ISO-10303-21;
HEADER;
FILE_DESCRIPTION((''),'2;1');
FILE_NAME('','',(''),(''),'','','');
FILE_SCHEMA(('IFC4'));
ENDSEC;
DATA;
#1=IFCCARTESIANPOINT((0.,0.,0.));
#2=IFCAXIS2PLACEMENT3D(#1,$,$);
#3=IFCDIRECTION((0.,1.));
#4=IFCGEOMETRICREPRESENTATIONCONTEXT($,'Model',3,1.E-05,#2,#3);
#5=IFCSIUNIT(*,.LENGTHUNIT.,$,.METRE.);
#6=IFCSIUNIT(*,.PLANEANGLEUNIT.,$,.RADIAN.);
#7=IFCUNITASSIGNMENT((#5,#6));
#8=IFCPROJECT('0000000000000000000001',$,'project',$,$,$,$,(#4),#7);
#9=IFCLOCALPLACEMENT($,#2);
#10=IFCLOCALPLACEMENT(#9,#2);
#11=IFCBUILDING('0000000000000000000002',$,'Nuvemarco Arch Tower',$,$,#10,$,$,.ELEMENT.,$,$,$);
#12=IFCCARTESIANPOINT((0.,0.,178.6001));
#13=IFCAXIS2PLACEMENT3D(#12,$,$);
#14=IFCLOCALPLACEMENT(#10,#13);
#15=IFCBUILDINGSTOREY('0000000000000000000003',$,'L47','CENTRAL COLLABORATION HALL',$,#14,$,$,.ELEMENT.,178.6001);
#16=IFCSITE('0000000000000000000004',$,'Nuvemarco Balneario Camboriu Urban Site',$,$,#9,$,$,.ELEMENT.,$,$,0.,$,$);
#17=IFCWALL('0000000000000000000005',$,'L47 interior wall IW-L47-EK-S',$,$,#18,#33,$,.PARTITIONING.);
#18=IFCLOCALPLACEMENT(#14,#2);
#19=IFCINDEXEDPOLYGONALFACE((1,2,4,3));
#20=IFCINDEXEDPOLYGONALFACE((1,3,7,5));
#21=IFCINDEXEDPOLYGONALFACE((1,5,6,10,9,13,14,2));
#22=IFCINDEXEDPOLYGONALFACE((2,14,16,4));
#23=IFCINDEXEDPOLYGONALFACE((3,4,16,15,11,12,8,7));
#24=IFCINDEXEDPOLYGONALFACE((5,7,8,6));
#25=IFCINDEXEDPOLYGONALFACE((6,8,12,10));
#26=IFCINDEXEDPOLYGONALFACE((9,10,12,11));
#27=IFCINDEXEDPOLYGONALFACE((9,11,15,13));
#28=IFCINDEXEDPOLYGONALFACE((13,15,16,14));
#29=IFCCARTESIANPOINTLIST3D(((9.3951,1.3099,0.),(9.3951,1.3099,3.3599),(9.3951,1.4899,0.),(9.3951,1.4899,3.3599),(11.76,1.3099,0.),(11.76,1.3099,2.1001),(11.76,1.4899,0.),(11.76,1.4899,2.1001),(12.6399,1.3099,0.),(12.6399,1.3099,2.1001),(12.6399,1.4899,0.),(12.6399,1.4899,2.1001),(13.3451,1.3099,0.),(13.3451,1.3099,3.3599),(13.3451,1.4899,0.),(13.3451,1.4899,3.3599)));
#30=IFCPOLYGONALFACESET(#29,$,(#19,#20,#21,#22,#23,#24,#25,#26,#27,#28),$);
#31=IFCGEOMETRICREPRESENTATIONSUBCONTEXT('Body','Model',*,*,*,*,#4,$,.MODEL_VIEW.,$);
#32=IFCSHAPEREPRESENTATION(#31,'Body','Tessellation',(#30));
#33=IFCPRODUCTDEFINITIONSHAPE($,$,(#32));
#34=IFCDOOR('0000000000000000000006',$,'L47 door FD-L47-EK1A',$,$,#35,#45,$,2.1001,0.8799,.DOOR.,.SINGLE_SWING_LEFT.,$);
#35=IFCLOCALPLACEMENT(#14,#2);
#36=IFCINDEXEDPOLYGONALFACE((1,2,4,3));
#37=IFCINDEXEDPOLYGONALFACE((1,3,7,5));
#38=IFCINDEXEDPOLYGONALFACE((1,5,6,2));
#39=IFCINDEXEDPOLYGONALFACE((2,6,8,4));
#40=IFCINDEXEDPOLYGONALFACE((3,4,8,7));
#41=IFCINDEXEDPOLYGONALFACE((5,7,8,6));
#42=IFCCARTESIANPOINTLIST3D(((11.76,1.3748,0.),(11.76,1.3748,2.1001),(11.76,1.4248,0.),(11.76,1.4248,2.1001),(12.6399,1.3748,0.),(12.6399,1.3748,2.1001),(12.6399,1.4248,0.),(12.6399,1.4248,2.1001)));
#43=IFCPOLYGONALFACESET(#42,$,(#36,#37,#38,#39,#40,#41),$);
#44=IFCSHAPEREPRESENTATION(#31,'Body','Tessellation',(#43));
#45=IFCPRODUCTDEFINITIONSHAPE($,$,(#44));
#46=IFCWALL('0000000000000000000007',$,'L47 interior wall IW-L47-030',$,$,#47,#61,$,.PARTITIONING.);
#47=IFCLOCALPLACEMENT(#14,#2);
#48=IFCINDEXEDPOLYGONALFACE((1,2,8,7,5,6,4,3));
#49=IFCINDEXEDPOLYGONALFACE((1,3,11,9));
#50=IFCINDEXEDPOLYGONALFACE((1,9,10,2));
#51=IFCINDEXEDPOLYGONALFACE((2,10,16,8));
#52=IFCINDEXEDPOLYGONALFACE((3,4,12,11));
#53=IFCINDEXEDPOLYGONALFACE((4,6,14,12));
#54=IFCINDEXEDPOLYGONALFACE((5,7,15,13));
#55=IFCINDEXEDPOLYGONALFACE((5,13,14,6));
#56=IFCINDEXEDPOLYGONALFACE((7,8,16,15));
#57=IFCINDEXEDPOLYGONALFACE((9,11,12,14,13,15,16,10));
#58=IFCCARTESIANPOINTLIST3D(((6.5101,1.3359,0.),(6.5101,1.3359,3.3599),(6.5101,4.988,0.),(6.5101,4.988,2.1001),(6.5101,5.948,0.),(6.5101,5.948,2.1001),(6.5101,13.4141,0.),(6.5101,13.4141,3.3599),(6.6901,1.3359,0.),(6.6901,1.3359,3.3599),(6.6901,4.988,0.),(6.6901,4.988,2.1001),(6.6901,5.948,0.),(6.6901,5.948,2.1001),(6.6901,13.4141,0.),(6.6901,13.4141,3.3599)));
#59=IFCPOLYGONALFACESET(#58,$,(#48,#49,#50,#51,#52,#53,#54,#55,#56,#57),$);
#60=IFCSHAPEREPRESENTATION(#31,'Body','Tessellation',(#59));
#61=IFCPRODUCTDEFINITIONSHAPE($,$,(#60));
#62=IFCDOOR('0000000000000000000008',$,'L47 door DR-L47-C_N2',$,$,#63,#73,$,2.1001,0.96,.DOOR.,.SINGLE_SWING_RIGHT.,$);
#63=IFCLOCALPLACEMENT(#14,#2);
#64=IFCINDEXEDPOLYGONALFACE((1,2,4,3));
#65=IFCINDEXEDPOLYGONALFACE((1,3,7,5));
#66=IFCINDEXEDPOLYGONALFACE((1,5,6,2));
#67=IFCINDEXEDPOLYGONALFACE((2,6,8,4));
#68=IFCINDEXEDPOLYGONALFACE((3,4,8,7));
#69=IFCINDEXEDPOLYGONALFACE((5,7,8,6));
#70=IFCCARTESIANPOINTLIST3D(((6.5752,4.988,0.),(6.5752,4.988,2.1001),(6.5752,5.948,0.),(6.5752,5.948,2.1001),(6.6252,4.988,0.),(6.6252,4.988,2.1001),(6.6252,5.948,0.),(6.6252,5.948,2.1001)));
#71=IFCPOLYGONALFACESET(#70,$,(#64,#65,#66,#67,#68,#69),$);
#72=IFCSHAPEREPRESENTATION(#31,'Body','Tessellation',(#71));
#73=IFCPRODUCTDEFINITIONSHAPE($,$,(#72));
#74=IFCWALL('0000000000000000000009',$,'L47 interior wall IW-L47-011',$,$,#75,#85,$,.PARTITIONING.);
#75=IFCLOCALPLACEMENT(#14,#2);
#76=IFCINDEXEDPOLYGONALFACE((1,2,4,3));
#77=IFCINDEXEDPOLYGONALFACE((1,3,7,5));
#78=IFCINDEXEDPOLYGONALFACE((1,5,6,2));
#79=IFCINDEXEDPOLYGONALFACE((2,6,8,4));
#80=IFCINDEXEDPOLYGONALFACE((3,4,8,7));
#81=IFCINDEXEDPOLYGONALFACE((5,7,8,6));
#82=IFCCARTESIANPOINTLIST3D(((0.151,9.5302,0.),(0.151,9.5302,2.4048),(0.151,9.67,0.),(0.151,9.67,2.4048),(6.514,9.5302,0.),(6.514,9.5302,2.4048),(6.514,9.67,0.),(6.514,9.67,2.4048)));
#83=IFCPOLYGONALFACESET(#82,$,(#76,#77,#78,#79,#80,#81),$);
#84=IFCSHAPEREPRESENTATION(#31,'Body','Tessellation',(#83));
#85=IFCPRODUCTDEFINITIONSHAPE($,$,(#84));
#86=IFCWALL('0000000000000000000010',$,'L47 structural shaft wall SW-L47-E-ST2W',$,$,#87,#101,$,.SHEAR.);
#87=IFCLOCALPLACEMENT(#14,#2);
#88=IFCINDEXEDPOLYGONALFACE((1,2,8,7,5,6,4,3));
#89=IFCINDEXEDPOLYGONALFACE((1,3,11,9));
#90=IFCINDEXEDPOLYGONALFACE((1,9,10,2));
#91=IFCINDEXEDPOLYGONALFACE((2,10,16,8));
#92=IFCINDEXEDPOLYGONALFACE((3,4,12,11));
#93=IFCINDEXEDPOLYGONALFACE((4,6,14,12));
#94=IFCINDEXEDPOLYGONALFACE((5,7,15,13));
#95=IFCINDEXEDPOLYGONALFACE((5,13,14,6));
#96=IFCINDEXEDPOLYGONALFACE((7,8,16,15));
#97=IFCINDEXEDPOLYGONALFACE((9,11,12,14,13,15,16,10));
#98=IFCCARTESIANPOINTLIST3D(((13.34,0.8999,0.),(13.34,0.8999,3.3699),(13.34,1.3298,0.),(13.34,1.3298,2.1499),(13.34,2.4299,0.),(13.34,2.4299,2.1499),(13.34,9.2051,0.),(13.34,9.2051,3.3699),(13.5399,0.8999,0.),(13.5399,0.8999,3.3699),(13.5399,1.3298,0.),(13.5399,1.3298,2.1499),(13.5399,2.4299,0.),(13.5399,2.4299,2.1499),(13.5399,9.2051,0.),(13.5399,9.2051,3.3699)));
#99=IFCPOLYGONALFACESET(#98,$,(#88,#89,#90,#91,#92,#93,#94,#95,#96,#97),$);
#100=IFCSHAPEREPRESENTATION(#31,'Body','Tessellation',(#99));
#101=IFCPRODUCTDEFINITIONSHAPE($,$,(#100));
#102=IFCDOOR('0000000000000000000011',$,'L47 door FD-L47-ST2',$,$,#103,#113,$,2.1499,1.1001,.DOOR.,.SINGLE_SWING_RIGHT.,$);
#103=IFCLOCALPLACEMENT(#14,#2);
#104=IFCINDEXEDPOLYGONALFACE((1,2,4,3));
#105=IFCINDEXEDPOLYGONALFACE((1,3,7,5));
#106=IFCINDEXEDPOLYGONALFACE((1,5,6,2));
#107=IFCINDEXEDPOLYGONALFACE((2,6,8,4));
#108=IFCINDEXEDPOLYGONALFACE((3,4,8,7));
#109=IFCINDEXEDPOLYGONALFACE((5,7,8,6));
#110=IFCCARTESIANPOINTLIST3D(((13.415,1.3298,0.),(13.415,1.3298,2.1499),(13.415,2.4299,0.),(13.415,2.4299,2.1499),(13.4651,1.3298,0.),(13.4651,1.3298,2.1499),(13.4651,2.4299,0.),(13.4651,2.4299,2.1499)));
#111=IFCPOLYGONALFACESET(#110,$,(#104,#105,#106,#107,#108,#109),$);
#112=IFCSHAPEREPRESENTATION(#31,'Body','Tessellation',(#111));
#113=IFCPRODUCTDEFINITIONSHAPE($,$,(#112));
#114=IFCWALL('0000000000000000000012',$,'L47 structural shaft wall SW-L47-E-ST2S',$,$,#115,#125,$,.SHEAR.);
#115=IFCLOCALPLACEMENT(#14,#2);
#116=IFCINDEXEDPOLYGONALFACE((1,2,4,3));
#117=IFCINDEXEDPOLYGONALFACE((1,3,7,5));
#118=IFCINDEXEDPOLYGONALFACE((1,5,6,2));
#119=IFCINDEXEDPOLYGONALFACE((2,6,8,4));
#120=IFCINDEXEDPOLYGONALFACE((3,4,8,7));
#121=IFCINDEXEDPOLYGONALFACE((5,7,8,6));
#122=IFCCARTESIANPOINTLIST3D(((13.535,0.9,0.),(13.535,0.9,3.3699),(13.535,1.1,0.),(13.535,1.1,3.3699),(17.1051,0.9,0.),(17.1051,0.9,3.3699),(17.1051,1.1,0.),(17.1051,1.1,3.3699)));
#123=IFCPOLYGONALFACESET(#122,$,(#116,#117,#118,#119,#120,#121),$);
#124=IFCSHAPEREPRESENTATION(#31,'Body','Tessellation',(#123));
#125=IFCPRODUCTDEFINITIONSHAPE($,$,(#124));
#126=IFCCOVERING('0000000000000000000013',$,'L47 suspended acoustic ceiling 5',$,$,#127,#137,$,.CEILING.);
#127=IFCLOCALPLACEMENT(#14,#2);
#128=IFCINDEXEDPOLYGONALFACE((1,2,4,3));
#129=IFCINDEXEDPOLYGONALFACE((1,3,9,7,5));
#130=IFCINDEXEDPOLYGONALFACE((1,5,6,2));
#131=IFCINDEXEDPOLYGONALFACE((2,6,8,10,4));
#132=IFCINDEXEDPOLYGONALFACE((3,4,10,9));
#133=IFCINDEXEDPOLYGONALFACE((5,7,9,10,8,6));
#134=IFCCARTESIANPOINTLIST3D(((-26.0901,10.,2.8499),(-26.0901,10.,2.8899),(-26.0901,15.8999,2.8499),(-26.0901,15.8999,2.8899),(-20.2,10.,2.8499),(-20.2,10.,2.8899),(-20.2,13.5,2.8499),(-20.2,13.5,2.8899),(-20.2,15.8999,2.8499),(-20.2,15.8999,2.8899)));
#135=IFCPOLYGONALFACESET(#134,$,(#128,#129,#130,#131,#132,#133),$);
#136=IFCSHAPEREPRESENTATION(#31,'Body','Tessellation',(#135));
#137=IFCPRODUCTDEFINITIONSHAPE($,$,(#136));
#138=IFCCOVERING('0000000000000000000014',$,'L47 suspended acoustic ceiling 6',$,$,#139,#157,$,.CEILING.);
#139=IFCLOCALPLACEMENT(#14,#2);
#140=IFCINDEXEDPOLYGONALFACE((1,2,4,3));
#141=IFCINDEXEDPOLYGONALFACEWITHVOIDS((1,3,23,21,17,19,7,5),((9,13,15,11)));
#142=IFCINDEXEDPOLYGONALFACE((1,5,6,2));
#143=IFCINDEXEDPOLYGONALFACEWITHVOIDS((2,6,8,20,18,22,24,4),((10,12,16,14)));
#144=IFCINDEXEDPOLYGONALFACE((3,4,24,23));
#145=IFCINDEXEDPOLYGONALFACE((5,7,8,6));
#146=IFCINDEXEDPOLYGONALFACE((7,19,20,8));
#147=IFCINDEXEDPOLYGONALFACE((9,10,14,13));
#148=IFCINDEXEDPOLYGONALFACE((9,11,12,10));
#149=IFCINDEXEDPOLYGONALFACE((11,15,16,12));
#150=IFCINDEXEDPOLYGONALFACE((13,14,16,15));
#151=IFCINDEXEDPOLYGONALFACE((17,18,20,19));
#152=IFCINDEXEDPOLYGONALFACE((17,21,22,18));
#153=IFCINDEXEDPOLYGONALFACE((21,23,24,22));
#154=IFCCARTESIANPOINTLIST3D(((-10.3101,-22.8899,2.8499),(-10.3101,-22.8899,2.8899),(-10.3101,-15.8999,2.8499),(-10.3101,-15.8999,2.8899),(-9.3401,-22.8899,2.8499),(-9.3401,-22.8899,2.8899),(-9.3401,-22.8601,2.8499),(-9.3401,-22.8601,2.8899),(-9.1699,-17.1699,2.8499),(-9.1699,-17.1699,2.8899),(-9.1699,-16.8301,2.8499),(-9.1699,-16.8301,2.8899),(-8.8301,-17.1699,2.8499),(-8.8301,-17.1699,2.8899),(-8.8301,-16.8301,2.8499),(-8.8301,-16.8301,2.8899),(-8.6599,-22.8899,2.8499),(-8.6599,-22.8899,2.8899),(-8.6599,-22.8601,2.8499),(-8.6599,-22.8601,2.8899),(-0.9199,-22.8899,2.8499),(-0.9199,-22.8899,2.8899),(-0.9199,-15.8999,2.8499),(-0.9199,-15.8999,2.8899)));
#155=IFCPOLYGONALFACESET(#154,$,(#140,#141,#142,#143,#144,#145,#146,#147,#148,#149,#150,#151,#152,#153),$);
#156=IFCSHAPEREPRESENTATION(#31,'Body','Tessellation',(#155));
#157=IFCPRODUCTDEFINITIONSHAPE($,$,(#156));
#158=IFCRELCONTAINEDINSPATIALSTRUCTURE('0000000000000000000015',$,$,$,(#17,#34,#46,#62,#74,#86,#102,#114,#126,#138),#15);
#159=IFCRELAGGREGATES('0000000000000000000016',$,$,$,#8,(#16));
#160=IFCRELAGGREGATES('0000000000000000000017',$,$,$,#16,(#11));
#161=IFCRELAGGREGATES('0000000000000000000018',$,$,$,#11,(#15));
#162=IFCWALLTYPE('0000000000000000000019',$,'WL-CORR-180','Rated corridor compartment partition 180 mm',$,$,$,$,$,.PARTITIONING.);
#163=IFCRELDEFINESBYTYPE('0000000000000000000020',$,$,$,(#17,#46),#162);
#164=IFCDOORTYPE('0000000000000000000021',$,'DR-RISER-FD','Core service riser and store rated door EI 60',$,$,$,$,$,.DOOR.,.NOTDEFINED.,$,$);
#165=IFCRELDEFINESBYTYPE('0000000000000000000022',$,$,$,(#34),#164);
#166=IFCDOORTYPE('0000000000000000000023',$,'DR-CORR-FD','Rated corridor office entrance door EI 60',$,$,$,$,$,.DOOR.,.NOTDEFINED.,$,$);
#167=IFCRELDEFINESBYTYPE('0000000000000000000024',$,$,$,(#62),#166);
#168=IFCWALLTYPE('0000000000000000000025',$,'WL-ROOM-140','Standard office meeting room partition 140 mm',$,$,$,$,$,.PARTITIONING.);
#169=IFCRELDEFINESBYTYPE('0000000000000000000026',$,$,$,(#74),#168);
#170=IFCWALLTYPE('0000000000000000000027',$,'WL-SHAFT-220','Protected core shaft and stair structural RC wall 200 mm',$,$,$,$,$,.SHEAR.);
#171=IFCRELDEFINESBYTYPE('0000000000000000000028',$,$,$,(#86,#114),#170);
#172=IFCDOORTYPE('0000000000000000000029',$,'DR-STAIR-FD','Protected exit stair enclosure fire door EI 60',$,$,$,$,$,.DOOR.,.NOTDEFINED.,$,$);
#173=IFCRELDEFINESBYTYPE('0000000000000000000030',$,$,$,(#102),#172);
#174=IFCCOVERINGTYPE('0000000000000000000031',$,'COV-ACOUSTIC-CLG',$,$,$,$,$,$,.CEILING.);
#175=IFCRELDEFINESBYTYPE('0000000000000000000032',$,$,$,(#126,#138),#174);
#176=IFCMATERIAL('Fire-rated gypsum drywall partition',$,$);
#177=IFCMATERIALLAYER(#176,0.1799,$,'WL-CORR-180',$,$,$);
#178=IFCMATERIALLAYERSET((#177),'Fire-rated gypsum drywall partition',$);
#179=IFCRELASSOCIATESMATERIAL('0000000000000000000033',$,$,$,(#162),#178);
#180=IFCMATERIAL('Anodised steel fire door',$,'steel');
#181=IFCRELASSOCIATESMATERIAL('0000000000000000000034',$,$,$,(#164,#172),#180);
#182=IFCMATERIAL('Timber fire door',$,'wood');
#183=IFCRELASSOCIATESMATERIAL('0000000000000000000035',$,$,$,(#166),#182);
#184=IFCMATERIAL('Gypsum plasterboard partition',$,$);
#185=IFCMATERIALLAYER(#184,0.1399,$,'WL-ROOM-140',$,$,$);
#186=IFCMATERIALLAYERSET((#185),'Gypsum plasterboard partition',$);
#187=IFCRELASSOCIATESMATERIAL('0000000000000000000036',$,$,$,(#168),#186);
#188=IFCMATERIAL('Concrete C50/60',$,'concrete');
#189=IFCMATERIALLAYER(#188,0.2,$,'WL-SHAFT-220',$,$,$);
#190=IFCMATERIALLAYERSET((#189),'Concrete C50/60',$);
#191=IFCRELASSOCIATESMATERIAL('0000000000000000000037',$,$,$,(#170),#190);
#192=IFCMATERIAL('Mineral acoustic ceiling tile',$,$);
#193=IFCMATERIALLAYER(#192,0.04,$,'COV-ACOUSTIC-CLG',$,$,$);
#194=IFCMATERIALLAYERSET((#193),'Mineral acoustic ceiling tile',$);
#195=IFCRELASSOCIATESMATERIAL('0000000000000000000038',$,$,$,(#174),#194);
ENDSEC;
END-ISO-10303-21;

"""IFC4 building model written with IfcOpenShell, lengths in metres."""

from ifc_helpers import new_model, si_unit, direction, frame, frame_2d, origin, place, context, subcontext, project, spatial, polyline, rectangle, outline, extrude, source, transform, mapped, material, layer, layer_set, type_object, type_shapes, element, fill, save


model = new_model("IFC4")

# Units and contexts
model_context = context("Model", 3, precision=1e-05, world=origin(), true_north=direction((0.0, 1.0)))
body_context = subcontext(model_context, "Body", "Model", "MODEL_VIEW")
ifc_project = project(units=[si_unit("LENGTHUNIT", "METRE"), si_unit("PLANEANGLEUNIT", "RADIAN")], contexts=[model_context])

# Site, building, storey
site_placement = place(None, origin())
site = spatial("IfcSite", under=ifc_project, at=site_placement, Name="Nuvemarco Balneario Camboriu Urban Site", CompositionType="ELEMENT", RefElevation=0.0)
building_placement = place(site_placement, origin())
building = spatial("IfcBuilding", under=site, at=building_placement, Name="Nuvemarco Arch Tower", CompositionType="ELEMENT")
storey_placement = place(building_placement, frame((0.0, 0.0, 178.6001)))
storey = spatial("IfcBuildingStorey", under=building, at=storey_placement, Name="L47", Description="CENTRAL COLLABORATION HALL", CompositionType="ELEMENT", Elevation=178.6001)

# Shared definitions
ifc_material_1 = material(Name="Concrete C50/60", Category="concrete")

# Walls, openings, doors
ifc_material_2 = material(Name="Fire-rated gypsum drywall partition")
ifc_layer_1 = layer(ifc_material_2, 0.1799, Name="WL-CORR-180")
ifc_layer_set_1 = layer_set([ifc_layer_1], Name="Fire-rated gypsum drywall partition")
wall_type_1 = type_object("IfcWallType", Name="WL-CORR-180", Description="Rated corridor compartment partition 180 mm", PredefinedType="PARTITIONING", material=ifc_layer_set_1)
wall_1_placement = place(storey_placement, frame((9.395, 1.3999, 0.0), z_axis=(0.0, 0.0, 1.0), x_axis=(1.0, 0.0, 0.0)))
wall_1 = element("IfcWall", 1, at=wall_1_placement, inside=storey, type_object=wall_type_1, Name="L47 interior wall IW-L47-EK-S", PredefinedType="PARTITIONING", context=body_context, shape_type="SweptSolid", body=[
    extrude(rectangle(XDim=3.95, YDim=0.1799, at=frame_2d((1.9751, 0.0))), origin(), (0.0, 0.0, 1.0), 3.3599),
])
opening_1_placement = place(wall_1_placement, frame((2.365, 0.0, 0.0)))
opening_1 = element("IfcOpeningElement", 2, at=opening_1_placement, cuts=wall_1, PredefinedType="OPENING", context=body_context, shape_type="SweptSolid", body=[
    extrude(rectangle(XDim=0.8799, YDim=2.1001, at=frame_2d((0.4399, 1.05))), frame((0.0, 0.0999, 0.0), z_axis=(0.0, -1.0, 0.0), x_axis=(1.0, 0.0, 0.0)), (0.0, 0.0, 1.0), 0.2),
])
ifc_material_3 = material(Name="Anodised steel fire door", Category="steel")
door_type_1 = type_object("IfcDoorType", Name="DR-RISER-FD", Description="Core service riser and store rated door EI 60", OperationType="NOTDEFINED", PredefinedType="DOOR", material=ifc_material_3)
shared_shape_1 = source(origin(), body_context, "Body", "SweptSolid", [
    extrude(rectangle(XDim=0.8799, YDim=2.1001, at=frame_2d((0.4399, 1.05))), frame((0.0, 0.0249, 0.0), z_axis=(0.0, -1.0, 0.0), x_axis=(1.0, 0.0, 0.0)), (0.0, 0.0, 1.0), 0.05),
])
type_shapes(door_type_1, [shared_shape_1])
door_1_placement = place(opening_1_placement, origin())
door_1 = element("IfcDoor", 3, at=door_1_placement, inside=storey, type_object=door_type_1, Name="L47 door FD-L47-EK1A", OperationType="SINGLE_SWING_LEFT", OverallHeight=2.1001, OverallWidth=0.8799, PredefinedType="DOOR", context=body_context, shape_type="MappedRepresentation", body=[
    mapped(shared_shape_1, transform((0.0, 0.0, 0.0), scale=1.0)),
])
fill(opening_1, door_1)
wall_2_placement = place(storey_placement, frame((6.6001, 1.3359, 0.0), z_axis=(0.0, 0.0, 1.0), x_axis=(0.0, 1.0, 0.0)))
wall_2 = element("IfcWall", 4, at=wall_2_placement, inside=storey, type_object=wall_type_1, Name="L47 interior wall IW-L47-030", PredefinedType="PARTITIONING", context=body_context, shape_type="SweptSolid", body=[
    extrude(rectangle(XDim=12.0781, YDim=0.1799, at=frame_2d((6.0391, 0.0))), origin(), (0.0, 0.0, 1.0), 3.3599),
])
opening_2_placement = place(wall_2_placement, frame((3.6521, 0.0, 0.0)))
opening_2 = element("IfcOpeningElement", 5, at=opening_2_placement, cuts=wall_2, PredefinedType="OPENING", context=body_context, shape_type="SweptSolid", body=[
    extrude(rectangle(XDim=0.96, YDim=2.1001, at=frame_2d((0.48, 1.05))), frame((0.0, 0.0999, 0.0), z_axis=(0.0, -1.0, 0.0), x_axis=(1.0, 0.0, 0.0)), (0.0, 0.0, 1.0), 0.2),
])
ifc_material_4 = material(Name="Timber fire door", Category="wood")
door_type_2 = type_object("IfcDoorType", Name="DR-CORR-FD", Description="Rated corridor office entrance door EI 60", OperationType="NOTDEFINED", PredefinedType="DOOR", material=ifc_material_4)
shared_shape_2 = source(origin(), body_context, "Body", "SweptSolid", [
    extrude(rectangle(XDim=0.96, YDim=2.1001, at=frame_2d((0.48, 1.05))), frame((0.0, 0.0249, 0.0), z_axis=(0.0, -1.0, 0.0), x_axis=(1.0, 0.0, 0.0)), (0.0, 0.0, 1.0), 0.05),
])
type_shapes(door_type_2, [shared_shape_2])
door_2_placement = place(opening_2_placement, origin())
door_2 = element("IfcDoor", 6, at=door_2_placement, inside=storey, type_object=door_type_2, Name="L47 door DR-L47-C_N2", OperationType="SINGLE_SWING_RIGHT", OverallHeight=2.1001, OverallWidth=0.96, PredefinedType="DOOR", context=body_context, shape_type="MappedRepresentation", body=[
    mapped(shared_shape_2, transform((0.0, 0.0, 0.0), scale=1.0)),
])
fill(opening_2, door_2)

# Wall
ifc_material_5 = material(Name="Gypsum plasterboard partition")
ifc_layer_2 = layer(ifc_material_5, 0.1399, Name="WL-ROOM-140")
ifc_layer_set_2 = layer_set([ifc_layer_2], Name="Gypsum plasterboard partition")
wall_type_2 = type_object("IfcWallType", Name="WL-ROOM-140", Description="Standard office meeting room partition 140 mm", PredefinedType="PARTITIONING", material=ifc_layer_set_2)
wall_3_placement = place(storey_placement, frame((0.1509, 9.6001, 0.0), z_axis=(0.0, 0.0, 1.0), x_axis=(1.0, 0.0, 0.0)))
element("IfcWall", 7, at=wall_3_placement, inside=storey, type_object=wall_type_2, Name="L47 interior wall IW-L47-011", PredefinedType="PARTITIONING", context=body_context, shape_type="SweptSolid", body=[
    extrude(rectangle(XDim=6.363, YDim=0.1399, at=frame_2d((3.1816, 0.0))), origin(), (0.0, 0.0, 1.0), 2.4048),
])

# Wall, opening, door
ifc_layer_3 = layer(ifc_material_1, 0.2, Name="WL-SHAFT-220")
ifc_layer_set_3 = layer_set([ifc_layer_3], Name="Concrete C50/60")
wall_type_3 = type_object("IfcWallType", Name="WL-SHAFT-220", Description="Protected core shaft and stair structural RC wall 200 mm", PredefinedType="SHEAR", material=ifc_layer_set_3)
wall_4_placement = place(storey_placement, frame((13.4399, 0.8999, 0.0), z_axis=(0.0, 0.0, 1.0), x_axis=(0.0, 1.0, 0.0)))
wall_4 = element("IfcWall", 8, at=wall_4_placement, inside=storey, type_object=wall_type_3, Name="L47 structural shaft wall SW-L47-E-ST2W", PredefinedType="SHEAR", context=body_context, shape_type="SweptSolid", body=[
    extrude(rectangle(XDim=8.3052, YDim=0.2, at=frame_2d((4.1526, 0.0))), origin(), (0.0, 0.0, 1.0), 3.3699),
])
opening_3_placement = place(wall_4_placement, frame((0.4299, 0.0, 0.0)))
opening_3 = element("IfcOpeningElement", 9, at=opening_3_placement, cuts=wall_4, PredefinedType="OPENING", context=body_context, shape_type="SweptSolid", body=[
    extrude(rectangle(XDim=1.1001, YDim=2.1499, at=frame_2d((0.55, 1.075))), frame((0.0, 0.1099, 0.0), z_axis=(0.0, -1.0, 0.0), x_axis=(1.0, 0.0, 0.0)), (0.0, 0.0, 1.0), 0.22),
])
door_type_3 = type_object("IfcDoorType", Name="DR-STAIR-FD", Description="Protected exit stair enclosure fire door EI 60", OperationType="NOTDEFINED", PredefinedType="DOOR", material=ifc_material_3)
shared_shape_3 = source(origin(), body_context, "Body", "SweptSolid", [
    extrude(rectangle(XDim=1.1001, YDim=2.1499, at=frame_2d((0.55, 1.075))), frame((0.0, 0.0249, 0.0), z_axis=(0.0, -1.0, 0.0), x_axis=(1.0, 0.0, 0.0)), (0.0, 0.0, 1.0), 0.05),
])
type_shapes(door_type_3, [shared_shape_3])
door_3_placement = place(opening_3_placement, origin())
door_3 = element("IfcDoor", 10, at=door_3_placement, inside=storey, type_object=door_type_3, Name="L47 door FD-L47-ST2", OperationType="SINGLE_SWING_RIGHT", OverallHeight=2.1499, OverallWidth=1.1001, PredefinedType="DOOR", context=body_context, shape_type="MappedRepresentation", body=[
    mapped(shared_shape_3, transform((0.0, 0.0, 0.0), scale=1.0)),
])
fill(opening_3, door_3)

# Wall
wall_5_placement = place(storey_placement, frame((13.5349, 1.0, 0.0), z_axis=(0.0, 0.0, 1.0), x_axis=(1.0, 0.0, 0.0)))
element("IfcWall", 11, at=wall_5_placement, inside=storey, type_object=wall_type_3, Name="L47 structural shaft wall SW-L47-E-ST2S", PredefinedType="SHEAR", context=body_context, shape_type="SweptSolid", body=[
    extrude(rectangle(XDim=3.5701, YDim=0.2, at=frame_2d((1.7852, 0.0))), origin(), (0.0, 0.0, 1.0), 3.3699),
])

# Coverings
ifc_material_6 = material(Name="Mineral acoustic ceiling tile")
ifc_layer_4 = layer(ifc_material_6, 0.04, Name="COV-ACOUSTIC-CLG")
ifc_layer_set_4 = layer_set([ifc_layer_4], Name="Mineral acoustic ceiling tile")
covering_type_1 = type_object("IfcCoveringType", Name="COV-ACOUSTIC-CLG", PredefinedType="CEILING", material=ifc_layer_set_4)
covering_1_placement = place(storey_placement, frame((0.0, 0.0, 2.8499)))
element("IfcCovering", 12, at=covering_1_placement, inside=storey, type_object=covering_type_1, Name="L47 suspended acoustic ceiling 5", PredefinedType="CEILING", context=body_context, shape_type="SweptSolid", body=[
    extrude(outline(polyline([(-20.2, 15.8999), (-20.2, 13.5), (-20.2, 10.0), (-26.0901, 10.0), (-26.0901, 15.8999), (-20.2, 15.8999)])), origin(), (0.0, 0.0, 1.0), 0.04),
])
covering_2_placement = place(storey_placement, frame((0.0, 0.0, 2.8499)))
element("IfcCovering", 13, at=covering_2_placement, inside=storey, type_object=covering_type_1, Name="L47 suspended acoustic ceiling 6", PredefinedType="CEILING", context=body_context, shape_type="SweptSolid", body=[
    extrude(outline(polyline([(-8.6599, -22.8899), (-8.6599, -22.8601), (-9.3401, -22.8601), (-9.3401, -22.8899), (-10.3101, -22.8899), (-10.3101, -15.8999), (-0.9199, -15.8999), (-0.9199, -22.8899), (-8.6599, -22.8899)]), holes=[polyline([(-8.8301, -17.1699), (-8.8301, -16.8301), (-9.1699, -16.8301), (-9.1699, -17.1699), (-8.8301, -17.1699)])]), origin(), (0.0, 0.0, 1.0), 0.04),
])

save(model, "model.ifc")
